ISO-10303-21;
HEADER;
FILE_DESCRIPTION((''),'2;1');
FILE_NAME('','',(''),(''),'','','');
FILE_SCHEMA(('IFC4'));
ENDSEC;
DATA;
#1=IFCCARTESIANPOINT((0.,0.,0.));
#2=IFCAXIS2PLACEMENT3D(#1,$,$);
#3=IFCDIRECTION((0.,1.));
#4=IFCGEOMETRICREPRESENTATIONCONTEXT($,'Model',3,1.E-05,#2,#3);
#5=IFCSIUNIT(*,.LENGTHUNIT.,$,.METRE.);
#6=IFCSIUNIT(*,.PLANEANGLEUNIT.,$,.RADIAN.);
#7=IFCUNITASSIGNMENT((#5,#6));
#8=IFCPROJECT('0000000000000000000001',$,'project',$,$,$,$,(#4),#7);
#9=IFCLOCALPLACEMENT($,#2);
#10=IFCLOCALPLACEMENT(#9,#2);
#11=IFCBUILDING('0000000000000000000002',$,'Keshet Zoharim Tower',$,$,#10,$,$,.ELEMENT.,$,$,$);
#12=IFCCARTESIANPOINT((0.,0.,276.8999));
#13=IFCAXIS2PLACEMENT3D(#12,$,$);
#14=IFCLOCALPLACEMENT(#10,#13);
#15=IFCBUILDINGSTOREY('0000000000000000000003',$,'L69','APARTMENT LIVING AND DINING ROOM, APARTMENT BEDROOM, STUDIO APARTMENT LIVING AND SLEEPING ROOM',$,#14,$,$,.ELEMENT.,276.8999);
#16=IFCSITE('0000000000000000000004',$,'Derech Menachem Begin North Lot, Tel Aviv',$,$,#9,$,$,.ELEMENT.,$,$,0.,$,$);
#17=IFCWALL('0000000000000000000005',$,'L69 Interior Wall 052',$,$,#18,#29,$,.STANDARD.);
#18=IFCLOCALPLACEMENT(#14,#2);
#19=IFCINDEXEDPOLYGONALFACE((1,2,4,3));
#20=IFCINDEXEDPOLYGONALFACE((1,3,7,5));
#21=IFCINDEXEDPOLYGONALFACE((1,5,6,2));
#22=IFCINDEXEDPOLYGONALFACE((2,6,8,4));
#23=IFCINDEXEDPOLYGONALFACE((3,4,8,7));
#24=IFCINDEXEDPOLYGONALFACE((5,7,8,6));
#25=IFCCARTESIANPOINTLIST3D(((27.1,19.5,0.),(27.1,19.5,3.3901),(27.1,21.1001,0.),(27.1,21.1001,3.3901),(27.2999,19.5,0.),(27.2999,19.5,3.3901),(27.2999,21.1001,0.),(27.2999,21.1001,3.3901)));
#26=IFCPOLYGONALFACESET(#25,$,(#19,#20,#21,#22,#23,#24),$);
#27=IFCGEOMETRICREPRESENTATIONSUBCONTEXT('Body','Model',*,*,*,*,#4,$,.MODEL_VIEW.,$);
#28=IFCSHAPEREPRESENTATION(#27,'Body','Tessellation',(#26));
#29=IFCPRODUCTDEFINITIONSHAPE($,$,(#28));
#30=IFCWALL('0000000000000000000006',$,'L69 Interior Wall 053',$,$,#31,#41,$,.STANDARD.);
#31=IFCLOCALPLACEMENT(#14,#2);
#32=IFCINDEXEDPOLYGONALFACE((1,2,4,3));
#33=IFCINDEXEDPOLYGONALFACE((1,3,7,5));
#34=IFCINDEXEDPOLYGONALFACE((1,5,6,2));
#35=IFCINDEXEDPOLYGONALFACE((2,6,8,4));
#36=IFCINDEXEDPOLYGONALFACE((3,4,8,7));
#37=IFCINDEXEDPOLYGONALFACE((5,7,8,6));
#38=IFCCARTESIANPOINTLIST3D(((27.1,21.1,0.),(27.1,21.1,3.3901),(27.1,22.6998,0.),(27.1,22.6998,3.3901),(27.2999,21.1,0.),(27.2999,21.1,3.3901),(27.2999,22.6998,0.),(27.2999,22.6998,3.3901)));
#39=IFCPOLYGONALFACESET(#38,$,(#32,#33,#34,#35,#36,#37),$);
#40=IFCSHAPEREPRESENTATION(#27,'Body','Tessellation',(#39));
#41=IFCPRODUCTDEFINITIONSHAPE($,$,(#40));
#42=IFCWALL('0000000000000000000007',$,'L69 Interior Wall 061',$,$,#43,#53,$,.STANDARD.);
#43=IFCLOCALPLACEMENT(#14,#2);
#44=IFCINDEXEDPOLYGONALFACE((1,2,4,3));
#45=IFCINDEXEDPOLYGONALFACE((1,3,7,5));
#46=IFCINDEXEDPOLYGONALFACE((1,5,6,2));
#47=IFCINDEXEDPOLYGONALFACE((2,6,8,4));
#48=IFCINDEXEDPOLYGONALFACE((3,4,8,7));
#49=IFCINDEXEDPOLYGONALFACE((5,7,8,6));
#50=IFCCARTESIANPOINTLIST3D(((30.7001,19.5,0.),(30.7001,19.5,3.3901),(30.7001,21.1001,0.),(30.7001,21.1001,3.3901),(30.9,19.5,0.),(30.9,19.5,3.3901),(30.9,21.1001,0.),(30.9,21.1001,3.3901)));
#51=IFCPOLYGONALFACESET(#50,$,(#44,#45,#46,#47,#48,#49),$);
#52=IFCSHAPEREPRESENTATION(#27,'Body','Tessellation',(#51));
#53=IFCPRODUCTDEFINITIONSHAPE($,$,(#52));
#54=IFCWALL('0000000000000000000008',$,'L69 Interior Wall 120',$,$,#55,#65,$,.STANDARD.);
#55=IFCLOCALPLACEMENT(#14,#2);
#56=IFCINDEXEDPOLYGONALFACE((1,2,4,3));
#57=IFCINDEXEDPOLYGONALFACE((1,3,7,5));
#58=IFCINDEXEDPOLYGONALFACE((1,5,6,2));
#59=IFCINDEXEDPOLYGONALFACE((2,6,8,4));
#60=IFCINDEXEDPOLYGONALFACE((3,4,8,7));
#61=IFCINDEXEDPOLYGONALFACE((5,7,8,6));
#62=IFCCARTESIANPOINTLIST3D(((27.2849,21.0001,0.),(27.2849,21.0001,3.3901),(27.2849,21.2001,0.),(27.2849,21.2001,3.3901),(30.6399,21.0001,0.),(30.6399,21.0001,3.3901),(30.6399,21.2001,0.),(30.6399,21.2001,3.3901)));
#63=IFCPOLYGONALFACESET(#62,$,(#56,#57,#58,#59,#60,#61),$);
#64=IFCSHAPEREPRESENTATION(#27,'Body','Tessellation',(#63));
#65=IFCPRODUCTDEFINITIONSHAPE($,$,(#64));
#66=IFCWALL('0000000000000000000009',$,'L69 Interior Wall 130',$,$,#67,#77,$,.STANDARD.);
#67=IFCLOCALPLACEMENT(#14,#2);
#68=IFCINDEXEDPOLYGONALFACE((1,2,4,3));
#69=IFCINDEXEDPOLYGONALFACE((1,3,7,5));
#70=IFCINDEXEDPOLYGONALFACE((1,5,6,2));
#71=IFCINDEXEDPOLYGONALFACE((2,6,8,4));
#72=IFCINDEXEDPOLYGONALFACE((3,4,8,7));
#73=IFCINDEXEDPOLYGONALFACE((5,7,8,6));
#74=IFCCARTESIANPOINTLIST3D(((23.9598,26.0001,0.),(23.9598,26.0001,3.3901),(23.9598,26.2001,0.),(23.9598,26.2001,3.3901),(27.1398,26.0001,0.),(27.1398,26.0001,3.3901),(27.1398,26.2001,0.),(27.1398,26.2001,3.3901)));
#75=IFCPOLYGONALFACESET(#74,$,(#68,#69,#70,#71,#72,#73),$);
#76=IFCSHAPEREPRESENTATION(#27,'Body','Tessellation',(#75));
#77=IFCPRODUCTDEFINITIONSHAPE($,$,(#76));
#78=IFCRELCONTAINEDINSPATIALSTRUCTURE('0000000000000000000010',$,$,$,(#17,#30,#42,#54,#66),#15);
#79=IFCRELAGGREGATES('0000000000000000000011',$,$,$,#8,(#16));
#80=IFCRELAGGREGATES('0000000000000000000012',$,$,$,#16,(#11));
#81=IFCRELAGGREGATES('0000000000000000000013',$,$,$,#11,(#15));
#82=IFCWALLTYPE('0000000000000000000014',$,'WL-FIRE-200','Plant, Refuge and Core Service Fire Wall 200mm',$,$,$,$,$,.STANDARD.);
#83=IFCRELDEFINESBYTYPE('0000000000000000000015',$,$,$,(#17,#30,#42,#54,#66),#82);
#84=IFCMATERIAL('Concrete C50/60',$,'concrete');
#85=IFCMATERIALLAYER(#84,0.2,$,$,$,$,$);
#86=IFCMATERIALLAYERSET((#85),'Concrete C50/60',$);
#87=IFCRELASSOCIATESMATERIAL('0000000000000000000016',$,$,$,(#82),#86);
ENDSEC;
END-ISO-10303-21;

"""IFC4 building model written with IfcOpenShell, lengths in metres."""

from ifc_helpers import new_model, si_unit, direction, frame, frame_2d, origin, place, context, subcontext, project, spatial, rectangle, extrude, material, layer, layer_set, type_object, element, save


model = new_model("IFC4")

# Units and contexts
model_context = context("Model", 3, precision=1e-05, world=origin(), true_north=direction((0.0, 1.0)))
body_context = subcontext(model_context, "Body", "Model", "MODEL_VIEW")
ifc_project = project(units=[si_unit("LENGTHUNIT", "METRE"), si_unit("PLANEANGLEUNIT", "RADIAN")], contexts=[model_context])

# Site, building, storey
site_placement = place(None, origin())
site = spatial("IfcSite", under=ifc_project, at=site_placement, Name="Derech Menachem Begin North Lot, Tel Aviv", CompositionType="ELEMENT", RefElevation=0.0)
building_placement = place(site_placement, origin())
building = spatial("IfcBuilding", under=site, at=building_placement, Name="Keshet Zoharim Tower", CompositionType="ELEMENT")
storey_placement = place(building_placement, frame((0.0, 0.0, 276.8999)))
storey = spatial("IfcBuildingStorey", under=building, at=storey_placement, Name="L69", Description="APARTMENT LIVING AND DINING ROOM, APARTMENT BEDROOM, STUDIO APARTMENT LIVING AND SLEEPING ROOM", CompositionType="ELEMENT", Elevation=276.8999)

# Shared definitions
ifc_material_1 = material(Name="Concrete C50/60", Category="concrete")

# Walls
ifc_layer_1 = layer(ifc_material_1, 0.2)
ifc_layer_set_1 = layer_set([ifc_layer_1], Name="Concrete C50/60")
wall_type_1 = type_object("IfcWallType", Name="WL-FIRE-200", Description="Plant, Refuge and Core Service Fire Wall 200mm", PredefinedType="STANDARD", material=ifc_layer_set_1)
wall_1_placement = place(storey_placement, frame((27.2, 19.5, 0.0), z_axis=(0.0, 0.0, 1.0), x_axis=(0.0, 1.0, 0.0)))
element("IfcWall", 1, at=wall_1_placement, inside=storey, type_object=wall_type_1, Name="L69 Interior Wall 052", PredefinedType="STANDARD", context=body_context, shape_type="SweptSolid", body=[
    extrude(rectangle(XDim=1.6001, YDim=0.2, at=frame_2d((0.8, 0.0))), origin(), (0.0, 0.0, 1.0), 3.3901),
])
wall_2_placement = place(storey_placement, frame((27.2, 21.1001, 0.0), z_axis=(0.0, 0.0, 1.0), x_axis=(0.0, 1.0, 0.0)))
element("IfcWall", 2, at=wall_2_placement, inside=storey, type_object=wall_type_1, Name="L69 Interior Wall 053", PredefinedType="STANDARD", context=body_context, shape_type="SweptSolid", body=[
    extrude(rectangle(XDim=1.5999, YDim=0.2, at=frame_2d((0.7998, 0.0))), origin(), (0.0, 0.0, 1.0), 3.3901),
])
wall_3_placement = place(storey_placement, frame((30.8, 19.5, 0.0), z_axis=(0.0, 0.0, 1.0), x_axis=(0.0, 1.0, 0.0)))
element("IfcWall", 3, at=wall_3_placement, inside=storey, type_object=wall_type_1, Name="L69 Interior Wall 061", PredefinedType="STANDARD", context=body_context, shape_type="SweptSolid", body=[
    extrude(rectangle(XDim=1.6001, YDim=0.2, at=frame_2d((0.8, 0.0))), origin(), (0.0, 0.0, 1.0), 3.3901),
])

# Walls
wall_4_placement = place(storey_placement, frame((27.2849, 21.1001, 0.0), z_axis=(0.0, 0.0, 1.0), x_axis=(1.0, 0.0, 0.0)))
element("IfcWall", 4, at=wall_4_placement, inside=storey, type_object=wall_type_1, Name="L69 Interior Wall 120", PredefinedType="STANDARD", context=body_context, shape_type="SweptSolid", body=[
    extrude(rectangle(XDim=3.355, YDim=0.2, at=frame_2d((1.6775, 0.0))), origin(), (0.0, 0.0, 1.0), 3.3901),
])
wall_5_placement = place(storey_placement, frame((23.96, 26.1001, 0.0), z_axis=(0.0, 0.0, 1.0), x_axis=(1.0, 0.0, 0.0)))
element("IfcWall", 5, at=wall_5_placement, inside=storey, type_object=wall_type_1, Name="L69 Interior Wall 130", PredefinedType="STANDARD", context=body_context, shape_type="SweptSolid", body=[
    extrude(rectangle(XDim=3.1799, YDim=0.2, at=frame_2d((1.5898, 0.0))), origin(), (0.0, 0.0, 1.0), 3.3901),
])

save(model, "model.ifc")
